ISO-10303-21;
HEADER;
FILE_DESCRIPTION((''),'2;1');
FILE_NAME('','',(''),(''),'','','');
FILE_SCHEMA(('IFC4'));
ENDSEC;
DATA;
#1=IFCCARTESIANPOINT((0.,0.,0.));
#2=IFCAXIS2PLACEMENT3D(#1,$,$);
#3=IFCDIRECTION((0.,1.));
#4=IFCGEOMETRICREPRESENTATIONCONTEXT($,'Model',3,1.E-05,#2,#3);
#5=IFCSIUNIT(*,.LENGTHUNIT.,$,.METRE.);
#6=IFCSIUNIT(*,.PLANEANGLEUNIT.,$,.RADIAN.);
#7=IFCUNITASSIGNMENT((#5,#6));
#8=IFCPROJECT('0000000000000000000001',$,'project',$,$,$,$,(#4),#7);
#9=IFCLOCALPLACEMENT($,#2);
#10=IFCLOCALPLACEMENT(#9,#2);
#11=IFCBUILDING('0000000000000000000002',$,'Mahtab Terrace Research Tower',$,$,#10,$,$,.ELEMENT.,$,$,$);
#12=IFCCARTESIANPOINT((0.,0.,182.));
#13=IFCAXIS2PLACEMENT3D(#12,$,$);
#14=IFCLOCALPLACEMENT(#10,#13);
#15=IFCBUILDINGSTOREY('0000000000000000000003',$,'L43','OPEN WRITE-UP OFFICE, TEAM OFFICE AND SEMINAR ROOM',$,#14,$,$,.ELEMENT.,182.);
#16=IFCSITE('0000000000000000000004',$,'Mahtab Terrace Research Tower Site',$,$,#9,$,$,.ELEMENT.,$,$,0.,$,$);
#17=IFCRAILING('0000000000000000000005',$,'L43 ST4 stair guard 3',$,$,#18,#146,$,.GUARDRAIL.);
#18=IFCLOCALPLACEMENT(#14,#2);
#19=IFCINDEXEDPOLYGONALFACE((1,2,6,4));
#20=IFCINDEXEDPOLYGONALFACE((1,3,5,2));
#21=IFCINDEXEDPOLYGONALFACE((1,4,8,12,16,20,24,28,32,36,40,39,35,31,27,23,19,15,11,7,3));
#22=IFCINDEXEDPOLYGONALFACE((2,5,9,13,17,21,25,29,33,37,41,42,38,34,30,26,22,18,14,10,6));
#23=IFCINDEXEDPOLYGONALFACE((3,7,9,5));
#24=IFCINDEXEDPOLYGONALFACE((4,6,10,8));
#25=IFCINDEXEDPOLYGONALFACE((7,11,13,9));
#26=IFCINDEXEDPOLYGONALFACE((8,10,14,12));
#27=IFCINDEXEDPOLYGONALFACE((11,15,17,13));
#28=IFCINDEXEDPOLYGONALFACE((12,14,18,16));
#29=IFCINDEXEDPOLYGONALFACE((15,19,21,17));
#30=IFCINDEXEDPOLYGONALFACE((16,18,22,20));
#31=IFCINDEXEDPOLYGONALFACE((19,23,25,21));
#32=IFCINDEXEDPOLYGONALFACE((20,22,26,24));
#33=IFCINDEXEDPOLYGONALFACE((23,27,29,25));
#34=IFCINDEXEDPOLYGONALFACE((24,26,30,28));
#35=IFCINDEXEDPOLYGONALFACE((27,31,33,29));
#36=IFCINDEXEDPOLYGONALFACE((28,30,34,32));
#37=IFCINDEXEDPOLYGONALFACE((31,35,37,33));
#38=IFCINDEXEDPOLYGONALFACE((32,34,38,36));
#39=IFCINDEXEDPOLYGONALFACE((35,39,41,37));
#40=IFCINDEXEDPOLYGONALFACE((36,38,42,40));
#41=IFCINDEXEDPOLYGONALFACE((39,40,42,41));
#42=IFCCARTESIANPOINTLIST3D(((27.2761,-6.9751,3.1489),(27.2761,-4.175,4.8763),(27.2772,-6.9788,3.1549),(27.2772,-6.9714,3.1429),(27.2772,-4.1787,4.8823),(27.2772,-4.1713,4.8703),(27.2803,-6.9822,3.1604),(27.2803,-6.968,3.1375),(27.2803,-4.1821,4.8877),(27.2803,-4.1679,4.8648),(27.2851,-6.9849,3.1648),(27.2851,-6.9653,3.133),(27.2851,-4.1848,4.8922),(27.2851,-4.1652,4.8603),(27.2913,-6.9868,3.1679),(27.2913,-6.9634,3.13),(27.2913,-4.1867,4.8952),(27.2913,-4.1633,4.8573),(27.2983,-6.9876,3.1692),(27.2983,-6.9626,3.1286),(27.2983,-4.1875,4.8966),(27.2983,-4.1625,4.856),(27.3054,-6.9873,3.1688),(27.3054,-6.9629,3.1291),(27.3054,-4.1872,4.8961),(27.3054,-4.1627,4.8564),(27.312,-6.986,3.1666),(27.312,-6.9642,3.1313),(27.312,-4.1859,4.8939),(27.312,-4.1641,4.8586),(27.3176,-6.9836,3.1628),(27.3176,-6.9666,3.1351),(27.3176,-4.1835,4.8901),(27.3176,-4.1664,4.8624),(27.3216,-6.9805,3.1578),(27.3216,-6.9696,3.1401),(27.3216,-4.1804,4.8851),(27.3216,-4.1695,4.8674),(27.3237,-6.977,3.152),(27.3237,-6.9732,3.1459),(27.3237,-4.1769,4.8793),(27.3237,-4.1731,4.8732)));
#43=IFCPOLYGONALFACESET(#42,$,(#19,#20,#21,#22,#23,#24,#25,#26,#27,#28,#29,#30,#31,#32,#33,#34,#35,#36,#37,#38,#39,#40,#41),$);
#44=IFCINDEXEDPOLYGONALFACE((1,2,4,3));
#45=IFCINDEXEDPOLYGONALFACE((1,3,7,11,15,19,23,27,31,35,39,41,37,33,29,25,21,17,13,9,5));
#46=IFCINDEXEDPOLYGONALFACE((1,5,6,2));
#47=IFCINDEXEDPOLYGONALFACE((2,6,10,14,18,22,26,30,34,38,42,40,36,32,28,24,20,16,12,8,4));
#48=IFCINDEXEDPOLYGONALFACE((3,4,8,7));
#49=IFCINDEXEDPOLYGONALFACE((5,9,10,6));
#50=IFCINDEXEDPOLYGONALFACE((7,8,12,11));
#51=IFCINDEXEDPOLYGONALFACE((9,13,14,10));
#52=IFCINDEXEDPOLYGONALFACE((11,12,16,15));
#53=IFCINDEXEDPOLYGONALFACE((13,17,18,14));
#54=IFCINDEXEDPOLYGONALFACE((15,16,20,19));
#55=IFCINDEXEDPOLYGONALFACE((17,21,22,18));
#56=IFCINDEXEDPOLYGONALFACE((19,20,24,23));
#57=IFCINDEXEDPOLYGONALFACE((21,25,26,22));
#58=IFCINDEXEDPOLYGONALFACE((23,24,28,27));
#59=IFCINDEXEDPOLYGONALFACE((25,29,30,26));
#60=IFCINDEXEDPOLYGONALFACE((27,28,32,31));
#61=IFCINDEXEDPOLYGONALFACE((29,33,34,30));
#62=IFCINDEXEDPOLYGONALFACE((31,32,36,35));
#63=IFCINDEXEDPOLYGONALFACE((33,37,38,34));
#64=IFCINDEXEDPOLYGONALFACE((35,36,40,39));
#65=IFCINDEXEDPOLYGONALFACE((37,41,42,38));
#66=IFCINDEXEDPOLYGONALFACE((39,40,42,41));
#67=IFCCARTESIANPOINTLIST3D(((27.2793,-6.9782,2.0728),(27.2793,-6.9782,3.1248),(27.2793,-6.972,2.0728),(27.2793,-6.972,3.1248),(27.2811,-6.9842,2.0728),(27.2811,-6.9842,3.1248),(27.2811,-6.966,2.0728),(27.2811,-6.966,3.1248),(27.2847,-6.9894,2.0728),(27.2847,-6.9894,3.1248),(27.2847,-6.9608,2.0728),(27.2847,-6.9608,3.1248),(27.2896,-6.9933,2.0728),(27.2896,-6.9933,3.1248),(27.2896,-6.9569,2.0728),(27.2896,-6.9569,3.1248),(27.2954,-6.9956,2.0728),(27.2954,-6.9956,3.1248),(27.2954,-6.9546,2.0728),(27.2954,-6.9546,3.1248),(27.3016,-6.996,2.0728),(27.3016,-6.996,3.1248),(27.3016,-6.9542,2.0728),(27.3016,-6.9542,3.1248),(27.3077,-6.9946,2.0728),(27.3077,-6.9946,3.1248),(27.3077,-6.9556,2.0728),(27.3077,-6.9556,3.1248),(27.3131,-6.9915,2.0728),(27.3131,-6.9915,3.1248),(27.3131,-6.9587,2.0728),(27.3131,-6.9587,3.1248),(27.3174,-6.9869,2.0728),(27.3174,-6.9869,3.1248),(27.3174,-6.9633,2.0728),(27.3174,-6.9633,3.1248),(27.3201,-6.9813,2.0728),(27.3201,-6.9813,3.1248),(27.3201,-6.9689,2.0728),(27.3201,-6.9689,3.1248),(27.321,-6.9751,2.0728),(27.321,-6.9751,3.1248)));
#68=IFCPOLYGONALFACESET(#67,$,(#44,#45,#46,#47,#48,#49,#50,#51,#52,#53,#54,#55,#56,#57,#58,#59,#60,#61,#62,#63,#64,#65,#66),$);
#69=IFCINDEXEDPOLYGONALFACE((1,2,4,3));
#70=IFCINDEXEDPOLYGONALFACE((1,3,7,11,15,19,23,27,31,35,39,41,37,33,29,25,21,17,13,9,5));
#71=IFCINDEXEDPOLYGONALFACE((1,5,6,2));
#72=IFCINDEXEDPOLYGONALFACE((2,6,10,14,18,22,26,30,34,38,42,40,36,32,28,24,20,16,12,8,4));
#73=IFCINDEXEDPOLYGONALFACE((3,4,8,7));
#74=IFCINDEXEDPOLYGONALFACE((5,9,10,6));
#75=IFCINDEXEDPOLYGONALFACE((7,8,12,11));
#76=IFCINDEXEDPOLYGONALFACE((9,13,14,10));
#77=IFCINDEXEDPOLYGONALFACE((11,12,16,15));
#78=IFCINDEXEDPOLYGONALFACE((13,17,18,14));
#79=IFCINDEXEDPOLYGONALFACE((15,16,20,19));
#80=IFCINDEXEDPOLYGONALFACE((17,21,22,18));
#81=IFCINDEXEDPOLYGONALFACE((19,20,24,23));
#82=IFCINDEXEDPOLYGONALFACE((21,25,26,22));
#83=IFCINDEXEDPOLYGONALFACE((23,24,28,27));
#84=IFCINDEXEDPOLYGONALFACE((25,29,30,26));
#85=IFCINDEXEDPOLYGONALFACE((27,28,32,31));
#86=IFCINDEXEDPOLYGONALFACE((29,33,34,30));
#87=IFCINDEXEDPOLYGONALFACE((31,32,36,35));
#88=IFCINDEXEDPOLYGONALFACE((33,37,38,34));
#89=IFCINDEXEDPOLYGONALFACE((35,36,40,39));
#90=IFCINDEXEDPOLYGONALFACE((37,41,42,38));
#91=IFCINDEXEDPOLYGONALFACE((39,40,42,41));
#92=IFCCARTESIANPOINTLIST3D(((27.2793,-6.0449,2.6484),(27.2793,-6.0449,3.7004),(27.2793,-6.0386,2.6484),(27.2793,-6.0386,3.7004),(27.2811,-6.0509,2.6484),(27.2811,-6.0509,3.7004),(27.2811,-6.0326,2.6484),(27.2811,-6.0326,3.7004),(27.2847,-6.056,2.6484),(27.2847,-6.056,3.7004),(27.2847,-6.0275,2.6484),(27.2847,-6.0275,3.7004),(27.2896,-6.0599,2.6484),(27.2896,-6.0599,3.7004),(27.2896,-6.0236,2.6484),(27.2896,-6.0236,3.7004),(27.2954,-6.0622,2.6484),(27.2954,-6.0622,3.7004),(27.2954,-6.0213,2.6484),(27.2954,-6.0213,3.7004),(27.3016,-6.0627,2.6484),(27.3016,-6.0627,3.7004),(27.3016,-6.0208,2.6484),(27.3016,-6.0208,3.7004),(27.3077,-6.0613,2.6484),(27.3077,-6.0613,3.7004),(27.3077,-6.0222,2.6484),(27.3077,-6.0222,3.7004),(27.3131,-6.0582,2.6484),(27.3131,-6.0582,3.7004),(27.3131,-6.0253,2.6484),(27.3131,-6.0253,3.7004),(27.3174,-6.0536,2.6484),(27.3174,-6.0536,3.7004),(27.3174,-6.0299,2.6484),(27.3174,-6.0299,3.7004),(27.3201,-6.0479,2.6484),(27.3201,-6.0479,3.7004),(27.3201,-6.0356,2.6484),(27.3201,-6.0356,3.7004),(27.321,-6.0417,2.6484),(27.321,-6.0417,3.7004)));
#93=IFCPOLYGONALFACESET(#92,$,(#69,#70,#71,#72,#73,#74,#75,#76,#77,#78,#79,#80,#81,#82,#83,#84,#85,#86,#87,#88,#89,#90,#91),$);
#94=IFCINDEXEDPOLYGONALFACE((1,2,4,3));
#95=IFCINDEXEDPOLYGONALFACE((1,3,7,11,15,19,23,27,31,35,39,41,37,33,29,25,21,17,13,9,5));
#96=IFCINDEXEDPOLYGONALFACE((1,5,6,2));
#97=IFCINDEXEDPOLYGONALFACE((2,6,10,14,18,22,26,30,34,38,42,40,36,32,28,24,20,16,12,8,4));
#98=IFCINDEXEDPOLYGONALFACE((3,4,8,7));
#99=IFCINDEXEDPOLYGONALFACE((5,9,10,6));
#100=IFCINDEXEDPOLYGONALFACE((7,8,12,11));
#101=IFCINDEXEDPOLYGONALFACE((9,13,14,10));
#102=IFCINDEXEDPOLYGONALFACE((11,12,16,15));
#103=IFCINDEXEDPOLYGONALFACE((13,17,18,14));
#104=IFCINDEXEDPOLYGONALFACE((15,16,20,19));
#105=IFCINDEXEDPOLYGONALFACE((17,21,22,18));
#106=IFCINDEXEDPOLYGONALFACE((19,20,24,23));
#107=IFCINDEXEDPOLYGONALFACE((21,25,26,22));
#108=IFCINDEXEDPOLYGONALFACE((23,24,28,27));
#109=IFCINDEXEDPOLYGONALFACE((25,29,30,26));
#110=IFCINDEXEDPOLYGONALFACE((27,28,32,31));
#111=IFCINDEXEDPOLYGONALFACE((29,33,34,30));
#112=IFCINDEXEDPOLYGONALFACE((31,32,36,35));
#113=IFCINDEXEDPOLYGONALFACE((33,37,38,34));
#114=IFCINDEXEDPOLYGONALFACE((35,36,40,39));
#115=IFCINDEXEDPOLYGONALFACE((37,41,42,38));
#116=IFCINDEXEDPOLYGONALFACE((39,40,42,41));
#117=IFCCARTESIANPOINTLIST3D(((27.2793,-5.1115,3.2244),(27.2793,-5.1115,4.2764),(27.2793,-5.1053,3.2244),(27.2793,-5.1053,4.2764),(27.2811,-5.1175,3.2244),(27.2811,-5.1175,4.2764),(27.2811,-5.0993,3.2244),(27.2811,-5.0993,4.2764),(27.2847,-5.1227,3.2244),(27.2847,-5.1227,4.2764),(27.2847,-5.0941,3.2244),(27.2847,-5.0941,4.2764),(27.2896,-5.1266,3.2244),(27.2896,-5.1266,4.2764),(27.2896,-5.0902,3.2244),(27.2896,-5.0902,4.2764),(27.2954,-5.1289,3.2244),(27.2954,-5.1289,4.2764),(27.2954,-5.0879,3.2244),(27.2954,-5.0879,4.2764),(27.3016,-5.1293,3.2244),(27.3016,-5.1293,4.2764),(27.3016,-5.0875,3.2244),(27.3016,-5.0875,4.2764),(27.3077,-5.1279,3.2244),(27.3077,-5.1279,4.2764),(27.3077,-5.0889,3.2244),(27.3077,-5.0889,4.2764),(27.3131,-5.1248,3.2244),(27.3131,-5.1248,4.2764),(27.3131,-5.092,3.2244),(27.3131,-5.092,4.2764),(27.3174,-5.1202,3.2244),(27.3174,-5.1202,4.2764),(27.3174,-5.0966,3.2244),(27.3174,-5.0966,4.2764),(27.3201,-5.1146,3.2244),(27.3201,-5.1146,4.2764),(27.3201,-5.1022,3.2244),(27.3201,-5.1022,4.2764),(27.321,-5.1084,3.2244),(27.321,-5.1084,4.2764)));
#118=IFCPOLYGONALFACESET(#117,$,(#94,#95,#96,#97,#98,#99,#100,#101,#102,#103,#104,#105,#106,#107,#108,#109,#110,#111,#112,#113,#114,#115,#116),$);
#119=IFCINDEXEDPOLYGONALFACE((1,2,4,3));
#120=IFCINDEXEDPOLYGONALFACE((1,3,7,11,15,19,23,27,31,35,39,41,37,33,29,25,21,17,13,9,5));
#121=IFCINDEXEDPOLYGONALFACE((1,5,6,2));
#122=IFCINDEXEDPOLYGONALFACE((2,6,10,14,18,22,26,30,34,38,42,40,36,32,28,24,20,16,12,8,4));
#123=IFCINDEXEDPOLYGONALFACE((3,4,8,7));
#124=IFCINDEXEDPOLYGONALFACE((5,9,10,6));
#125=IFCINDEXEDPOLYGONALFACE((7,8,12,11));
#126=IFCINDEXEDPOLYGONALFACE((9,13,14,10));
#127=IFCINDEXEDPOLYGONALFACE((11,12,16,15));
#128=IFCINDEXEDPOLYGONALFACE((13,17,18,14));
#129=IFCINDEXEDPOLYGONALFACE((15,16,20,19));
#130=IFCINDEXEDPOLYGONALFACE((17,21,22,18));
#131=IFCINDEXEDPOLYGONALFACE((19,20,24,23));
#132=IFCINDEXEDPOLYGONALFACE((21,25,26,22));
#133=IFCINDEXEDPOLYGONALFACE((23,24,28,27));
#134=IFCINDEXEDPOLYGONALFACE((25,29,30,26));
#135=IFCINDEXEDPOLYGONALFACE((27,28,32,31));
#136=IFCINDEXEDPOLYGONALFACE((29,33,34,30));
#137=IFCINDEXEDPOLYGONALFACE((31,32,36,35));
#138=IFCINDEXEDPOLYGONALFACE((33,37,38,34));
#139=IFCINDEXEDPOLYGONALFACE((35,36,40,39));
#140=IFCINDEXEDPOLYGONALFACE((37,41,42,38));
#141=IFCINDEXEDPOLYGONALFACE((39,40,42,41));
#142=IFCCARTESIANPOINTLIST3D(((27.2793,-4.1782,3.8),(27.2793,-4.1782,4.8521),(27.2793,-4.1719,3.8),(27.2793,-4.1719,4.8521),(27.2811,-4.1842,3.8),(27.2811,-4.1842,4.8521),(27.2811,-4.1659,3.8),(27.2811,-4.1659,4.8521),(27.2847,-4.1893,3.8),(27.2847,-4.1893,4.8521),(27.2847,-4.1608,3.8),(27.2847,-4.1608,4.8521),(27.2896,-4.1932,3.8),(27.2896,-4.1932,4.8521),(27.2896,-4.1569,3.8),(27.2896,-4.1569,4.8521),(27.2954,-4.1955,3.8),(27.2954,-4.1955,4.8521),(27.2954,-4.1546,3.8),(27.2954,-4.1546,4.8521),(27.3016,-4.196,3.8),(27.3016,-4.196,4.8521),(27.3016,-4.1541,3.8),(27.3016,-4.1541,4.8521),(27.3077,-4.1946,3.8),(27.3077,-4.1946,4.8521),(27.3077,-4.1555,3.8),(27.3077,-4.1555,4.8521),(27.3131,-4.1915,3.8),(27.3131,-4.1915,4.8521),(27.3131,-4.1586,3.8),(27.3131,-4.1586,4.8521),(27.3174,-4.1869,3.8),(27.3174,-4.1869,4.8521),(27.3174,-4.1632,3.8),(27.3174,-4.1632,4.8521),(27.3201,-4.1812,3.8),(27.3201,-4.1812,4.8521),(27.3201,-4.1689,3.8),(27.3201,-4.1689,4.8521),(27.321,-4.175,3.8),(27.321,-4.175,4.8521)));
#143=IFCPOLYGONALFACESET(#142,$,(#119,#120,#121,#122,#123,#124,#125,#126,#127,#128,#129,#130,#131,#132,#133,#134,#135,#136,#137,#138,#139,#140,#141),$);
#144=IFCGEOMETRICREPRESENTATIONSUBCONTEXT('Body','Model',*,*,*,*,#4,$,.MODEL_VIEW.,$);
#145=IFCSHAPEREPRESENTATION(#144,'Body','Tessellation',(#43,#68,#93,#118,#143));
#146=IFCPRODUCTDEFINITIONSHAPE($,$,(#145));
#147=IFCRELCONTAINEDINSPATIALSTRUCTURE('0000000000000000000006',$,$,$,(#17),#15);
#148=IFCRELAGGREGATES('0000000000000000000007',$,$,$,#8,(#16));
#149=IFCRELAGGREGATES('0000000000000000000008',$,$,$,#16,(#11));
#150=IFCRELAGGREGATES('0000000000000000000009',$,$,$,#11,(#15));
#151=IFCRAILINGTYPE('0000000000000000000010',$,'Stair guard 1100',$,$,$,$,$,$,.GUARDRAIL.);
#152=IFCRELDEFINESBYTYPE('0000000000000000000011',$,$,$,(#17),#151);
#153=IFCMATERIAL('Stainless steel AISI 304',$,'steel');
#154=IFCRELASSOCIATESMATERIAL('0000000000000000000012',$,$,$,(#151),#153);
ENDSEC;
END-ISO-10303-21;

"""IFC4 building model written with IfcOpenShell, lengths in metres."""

from ifc_helpers import new_model, si_unit, direction, frame, origin, origin_2d, place, context, subcontext, project, spatial, circle, extrude, material, type_object, element, save


model = new_model("IFC4")

# Units and contexts
model_context = context("Model", 3, precision=1e-05, world=origin(), true_north=direction((0.0, 1.0)))
body_context = subcontext(model_context, "Body", "Model", "MODEL_VIEW")
ifc_project = project(units=[si_unit("LENGTHUNIT", "METRE"), si_unit("PLANEANGLEUNIT", "RADIAN")], contexts=[model_context])

# Site, building, storey
site_placement = place(None, origin())
site = spatial("IfcSite", under=ifc_project, at=site_placement, Name="Mahtab Terrace Research Tower Site", CompositionType="ELEMENT", RefElevation=0.0)
building_placement = place(site_placement, origin())
building = spatial("IfcBuilding", under=site, at=building_placement, Name="Mahtab Terrace Research Tower", CompositionType="ELEMENT")
storey_placement = place(building_placement, frame((0.0, 0.0, 182.0)))
storey = spatial("IfcBuildingStorey", under=building, at=storey_placement, Name="L43", Description="OPEN WRITE-UP OFFICE, TEAM OFFICE AND SEMINAR ROOM", CompositionType="ELEMENT", Elevation=182.0)

# Railing
ifc_material_1 = material(Name="Stainless steel AISI 304", Category="steel")
railing_type_1 = type_object("IfcRailingType", Name="Stair guard 1100", PredefinedType="GUARDRAIL", material=ifc_material_1)
railing_1_placement = place(storey_placement, frame((27.3, -6.9751, 2.0728)))
element("IfcRailing", 1, at=railing_1_placement, inside=storey, type_object=railing_type_1, Name="L43 ST4 stair guard 3", PredefinedType="GUARDRAIL", context=body_context, shape_type="SweptSolid", body=[
    extrude(circle(Radius=0.0239, at=origin_2d()), frame((0.0, 0.0, 1.0762), z_axis=(0.0, 0.85109, 0.52502), x_axis=(-1.0, 0.0, 0.0)), (0.0, 0.0, 1.0), 3.29),
    extrude(circle(Radius=0.021, at=origin_2d()), origin(), (0.0, 0.0, 1.0), 1.052),
    extrude(circle(Radius=0.021, at=origin_2d()), frame((0.0, 0.9333, 0.5757)), (0.0, 0.0, 1.0), 1.052),
    extrude(circle(Radius=0.021, at=origin_2d()), frame((0.0, 1.8667, 1.1516)), (0.0, 0.0, 1.0), 1.052),
    extrude(circle(Radius=0.021, at=origin_2d()), frame((0.0, 2.8, 1.7273)), (0.0, 0.0, 1.0), 1.052),
])

save(model, "model.ifc")
